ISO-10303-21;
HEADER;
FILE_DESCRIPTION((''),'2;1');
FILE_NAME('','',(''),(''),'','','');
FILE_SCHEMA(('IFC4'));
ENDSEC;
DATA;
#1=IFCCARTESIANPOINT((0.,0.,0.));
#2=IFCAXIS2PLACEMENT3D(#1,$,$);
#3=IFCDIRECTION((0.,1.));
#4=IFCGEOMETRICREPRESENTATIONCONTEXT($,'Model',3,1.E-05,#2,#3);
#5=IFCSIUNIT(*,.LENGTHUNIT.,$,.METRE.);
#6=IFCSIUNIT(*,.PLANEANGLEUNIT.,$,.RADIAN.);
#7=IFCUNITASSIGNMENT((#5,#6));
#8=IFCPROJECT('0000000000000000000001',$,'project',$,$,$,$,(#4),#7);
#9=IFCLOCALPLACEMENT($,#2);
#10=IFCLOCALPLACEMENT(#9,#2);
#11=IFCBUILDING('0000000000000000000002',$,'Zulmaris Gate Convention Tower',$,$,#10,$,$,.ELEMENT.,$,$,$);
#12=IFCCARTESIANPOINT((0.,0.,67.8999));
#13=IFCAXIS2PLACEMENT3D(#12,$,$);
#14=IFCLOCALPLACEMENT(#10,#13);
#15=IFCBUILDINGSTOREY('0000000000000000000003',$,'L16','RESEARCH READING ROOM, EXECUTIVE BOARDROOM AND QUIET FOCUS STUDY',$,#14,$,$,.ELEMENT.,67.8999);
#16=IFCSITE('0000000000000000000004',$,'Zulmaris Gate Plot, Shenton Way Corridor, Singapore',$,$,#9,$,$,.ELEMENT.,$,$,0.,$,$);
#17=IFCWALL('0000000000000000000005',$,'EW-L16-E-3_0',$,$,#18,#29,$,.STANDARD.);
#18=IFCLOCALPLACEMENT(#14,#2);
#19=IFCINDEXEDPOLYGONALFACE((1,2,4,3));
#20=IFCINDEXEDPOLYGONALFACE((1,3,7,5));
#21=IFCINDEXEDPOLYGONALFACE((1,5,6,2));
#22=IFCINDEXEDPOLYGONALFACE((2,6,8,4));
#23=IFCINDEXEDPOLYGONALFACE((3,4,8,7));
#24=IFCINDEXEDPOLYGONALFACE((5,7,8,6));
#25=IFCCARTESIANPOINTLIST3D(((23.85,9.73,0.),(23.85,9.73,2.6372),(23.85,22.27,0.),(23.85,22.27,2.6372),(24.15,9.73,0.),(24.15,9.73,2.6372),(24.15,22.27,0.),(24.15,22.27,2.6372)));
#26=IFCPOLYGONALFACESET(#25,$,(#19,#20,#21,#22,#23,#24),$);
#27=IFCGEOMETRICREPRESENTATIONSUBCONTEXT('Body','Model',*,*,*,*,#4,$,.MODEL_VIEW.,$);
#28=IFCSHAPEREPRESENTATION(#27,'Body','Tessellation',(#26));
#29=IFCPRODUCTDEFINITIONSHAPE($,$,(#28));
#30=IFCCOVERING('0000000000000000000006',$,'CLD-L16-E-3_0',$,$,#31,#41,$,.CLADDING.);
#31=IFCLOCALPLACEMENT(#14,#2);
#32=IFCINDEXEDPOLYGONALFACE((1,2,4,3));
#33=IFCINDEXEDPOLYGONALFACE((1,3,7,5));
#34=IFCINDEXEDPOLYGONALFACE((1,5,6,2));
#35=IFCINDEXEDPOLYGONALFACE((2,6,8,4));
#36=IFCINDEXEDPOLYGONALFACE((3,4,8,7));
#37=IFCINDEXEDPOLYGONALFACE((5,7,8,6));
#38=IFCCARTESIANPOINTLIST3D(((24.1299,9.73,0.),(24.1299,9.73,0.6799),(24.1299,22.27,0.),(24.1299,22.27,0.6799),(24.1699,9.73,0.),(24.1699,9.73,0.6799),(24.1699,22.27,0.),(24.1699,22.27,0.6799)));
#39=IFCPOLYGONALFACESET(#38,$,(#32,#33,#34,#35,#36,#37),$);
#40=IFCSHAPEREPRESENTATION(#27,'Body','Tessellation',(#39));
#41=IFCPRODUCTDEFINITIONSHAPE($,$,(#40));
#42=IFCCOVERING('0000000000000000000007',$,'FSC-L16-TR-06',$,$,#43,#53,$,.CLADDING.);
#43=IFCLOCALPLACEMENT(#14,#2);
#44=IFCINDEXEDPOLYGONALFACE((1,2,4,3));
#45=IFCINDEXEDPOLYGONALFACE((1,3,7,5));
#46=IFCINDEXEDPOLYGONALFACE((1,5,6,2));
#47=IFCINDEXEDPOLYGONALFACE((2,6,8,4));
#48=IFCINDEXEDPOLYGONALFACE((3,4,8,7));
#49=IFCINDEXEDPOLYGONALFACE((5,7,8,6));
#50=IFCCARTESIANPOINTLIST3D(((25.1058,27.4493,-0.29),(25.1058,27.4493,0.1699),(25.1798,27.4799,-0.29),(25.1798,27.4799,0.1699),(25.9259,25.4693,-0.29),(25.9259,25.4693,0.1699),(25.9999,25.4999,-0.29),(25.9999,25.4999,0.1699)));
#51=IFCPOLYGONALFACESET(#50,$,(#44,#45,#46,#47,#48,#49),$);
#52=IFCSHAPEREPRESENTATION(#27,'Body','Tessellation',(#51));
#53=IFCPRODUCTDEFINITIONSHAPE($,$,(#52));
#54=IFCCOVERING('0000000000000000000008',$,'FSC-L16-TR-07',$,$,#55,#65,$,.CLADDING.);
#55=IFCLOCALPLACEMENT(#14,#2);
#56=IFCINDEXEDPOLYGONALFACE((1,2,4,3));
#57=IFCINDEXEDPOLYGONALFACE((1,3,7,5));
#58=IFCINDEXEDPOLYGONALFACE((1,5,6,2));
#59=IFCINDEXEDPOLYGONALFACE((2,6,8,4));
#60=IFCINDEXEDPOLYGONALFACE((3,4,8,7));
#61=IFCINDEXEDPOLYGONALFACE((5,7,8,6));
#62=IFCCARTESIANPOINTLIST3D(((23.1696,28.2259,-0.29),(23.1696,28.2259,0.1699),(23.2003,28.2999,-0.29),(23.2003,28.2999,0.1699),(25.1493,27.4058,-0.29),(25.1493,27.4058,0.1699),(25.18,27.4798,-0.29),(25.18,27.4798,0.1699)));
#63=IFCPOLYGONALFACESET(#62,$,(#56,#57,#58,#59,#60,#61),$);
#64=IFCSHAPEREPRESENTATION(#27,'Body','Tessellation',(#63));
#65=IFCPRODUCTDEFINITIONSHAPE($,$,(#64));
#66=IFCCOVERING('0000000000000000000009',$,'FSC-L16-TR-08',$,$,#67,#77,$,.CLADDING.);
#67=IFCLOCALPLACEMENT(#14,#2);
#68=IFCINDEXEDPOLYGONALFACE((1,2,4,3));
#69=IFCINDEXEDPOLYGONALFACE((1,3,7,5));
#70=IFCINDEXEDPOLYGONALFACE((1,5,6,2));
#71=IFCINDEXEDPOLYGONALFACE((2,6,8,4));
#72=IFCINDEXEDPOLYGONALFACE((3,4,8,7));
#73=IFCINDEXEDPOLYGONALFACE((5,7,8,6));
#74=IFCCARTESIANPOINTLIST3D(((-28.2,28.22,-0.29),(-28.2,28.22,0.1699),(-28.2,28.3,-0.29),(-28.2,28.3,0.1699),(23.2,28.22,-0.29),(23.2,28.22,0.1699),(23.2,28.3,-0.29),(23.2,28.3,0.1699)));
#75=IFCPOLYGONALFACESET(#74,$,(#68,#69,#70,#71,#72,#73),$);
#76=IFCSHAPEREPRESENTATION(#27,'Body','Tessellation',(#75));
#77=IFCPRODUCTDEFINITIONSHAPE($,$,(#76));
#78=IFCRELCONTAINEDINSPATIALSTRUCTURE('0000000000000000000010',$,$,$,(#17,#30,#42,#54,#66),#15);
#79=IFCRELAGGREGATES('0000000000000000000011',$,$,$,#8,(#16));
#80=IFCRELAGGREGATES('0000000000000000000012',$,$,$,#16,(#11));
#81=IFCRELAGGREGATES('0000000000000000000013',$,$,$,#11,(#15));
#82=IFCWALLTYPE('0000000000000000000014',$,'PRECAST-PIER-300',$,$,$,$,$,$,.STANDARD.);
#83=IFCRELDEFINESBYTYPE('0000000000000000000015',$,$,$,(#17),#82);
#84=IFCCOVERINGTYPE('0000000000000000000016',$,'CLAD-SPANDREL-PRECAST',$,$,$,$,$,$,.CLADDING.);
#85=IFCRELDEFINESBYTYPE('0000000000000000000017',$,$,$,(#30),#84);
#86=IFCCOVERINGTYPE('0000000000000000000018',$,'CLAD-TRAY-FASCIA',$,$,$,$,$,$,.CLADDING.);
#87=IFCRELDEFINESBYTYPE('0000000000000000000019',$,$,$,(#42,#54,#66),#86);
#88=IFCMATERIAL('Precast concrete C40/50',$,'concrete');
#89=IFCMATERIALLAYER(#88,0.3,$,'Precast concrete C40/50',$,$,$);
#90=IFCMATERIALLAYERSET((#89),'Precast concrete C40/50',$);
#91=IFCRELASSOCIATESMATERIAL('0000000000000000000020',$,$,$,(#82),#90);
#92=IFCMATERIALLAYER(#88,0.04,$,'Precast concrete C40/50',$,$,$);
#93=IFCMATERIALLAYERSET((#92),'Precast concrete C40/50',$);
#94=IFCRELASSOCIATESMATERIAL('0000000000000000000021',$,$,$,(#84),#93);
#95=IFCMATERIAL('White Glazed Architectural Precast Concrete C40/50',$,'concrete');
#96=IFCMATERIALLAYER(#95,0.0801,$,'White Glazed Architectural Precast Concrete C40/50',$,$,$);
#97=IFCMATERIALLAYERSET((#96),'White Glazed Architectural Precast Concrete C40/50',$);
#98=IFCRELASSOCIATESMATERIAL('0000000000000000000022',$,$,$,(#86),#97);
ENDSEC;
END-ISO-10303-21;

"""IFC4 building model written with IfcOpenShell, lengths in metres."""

from ifc_helpers import new_model, si_unit, direction, frame, frame_2d, origin, place, context, subcontext, project, spatial, rectangle, extrude, material, layer, layer_set, type_object, element, save


model = new_model("IFC4")

# Units and contexts
model_context = context("Model", 3, precision=1e-05, world=origin(), true_north=direction((0.0, 1.0)))
body_context = subcontext(model_context, "Body", "Model", "MODEL_VIEW")
ifc_project = project(units=[si_unit("LENGTHUNIT", "METRE"), si_unit("PLANEANGLEUNIT", "RADIAN")], contexts=[model_context])

# Site, building, storey
site_placement = place(None, origin())
site = spatial("IfcSite", under=ifc_project, at=site_placement, Name="Zulmaris Gate Plot, Shenton Way Corridor, Singapore", CompositionType="ELEMENT", RefElevation=0.0)
building_placement = place(site_placement, origin())
building = spatial("IfcBuilding", under=site, at=building_placement, Name="Zulmaris Gate Convention Tower", CompositionType="ELEMENT")
storey_placement = place(building_placement, frame((0.0, 0.0, 67.8999)))
storey = spatial("IfcBuildingStorey", under=building, at=storey_placement, Name="L16", Description="RESEARCH READING ROOM, EXECUTIVE BOARDROOM AND QUIET FOCUS STUDY", CompositionType="ELEMENT", Elevation=67.8999)

# Shared definitions
ifc_material_1 = material(Name="Precast concrete C40/50", Category="concrete")
ifc_layer_1 = layer(ifc_material_1, 0.3, Name="Precast concrete C40/50")
ifc_layer_set_1 = layer_set([ifc_layer_1], Name="Precast concrete C40/50")
wall_type_1 = type_object("IfcWallType", Name="PRECAST-PIER-300", PredefinedType="STANDARD", material=ifc_layer_set_1)

# Wall
wall_1_placement = place(storey_placement, frame((24.0, 9.73, 0.0), z_axis=(0.0, 0.0, 1.0), x_axis=(0.0, 1.0, 0.0)))
element("IfcWall", 1, at=wall_1_placement, inside=storey, type_object=wall_type_1, Name="EW-L16-E-3_0", PredefinedType="STANDARD", context=body_context, shape_type="SweptSolid", body=[
    extrude(rectangle(XDim=12.54, YDim=0.3, at=frame_2d((6.27, 0.0))), origin(), (0.0, 0.0, 1.0), 2.6372),
])

# Coverings
ifc_layer_2 = layer(ifc_material_1, 0.04, Name="Precast concrete C40/50")
ifc_layer_set_2 = layer_set([ifc_layer_2], Name="Precast concrete C40/50")
covering_type_1 = type_object("IfcCoveringType", Name="CLAD-SPANDREL-PRECAST", PredefinedType="CLADDING", material=ifc_layer_set_2)
covering_1_placement = place(storey_placement, frame((24.1499, 9.73, 0.0), z_axis=(0.0, 0.0, 1.0), x_axis=(0.0, 1.0, 0.0)))
element("IfcCovering", 2, at=covering_1_placement, inside=storey, type_object=covering_type_1, Name="CLD-L16-E-3_0", PredefinedType="CLADDING", context=body_context, shape_type="SweptSolid", body=[
    extrude(rectangle(XDim=12.54, YDim=0.04, at=frame_2d((6.27, 0.0))), origin(), (0.0, 0.0, 1.0), 0.6799),
])
ifc_material_2 = material(Name="White Glazed Architectural Precast Concrete C40/50", Category="concrete")
ifc_layer_3 = layer(ifc_material_2, 0.0801, Name="White Glazed Architectural Precast Concrete C40/50")
ifc_layer_set_3 = layer_set([ifc_layer_3], Name="White Glazed Architectural Precast Concrete C40/50")
covering_type_2 = type_object("IfcCoveringType", Name="CLAD-TRAY-FASCIA", PredefinedType="CLADDING", material=ifc_layer_set_3)
covering_2_placement = place(storey_placement, frame((25.9629, 25.4846, -0.29), z_axis=(0.0, 0.0, 1.0), x_axis=(-0.382657, 0.92389, 0.0)))
element("IfcCovering", 3, at=covering_2_placement, inside=storey, type_object=covering_type_2, Name="FSC-L16-TR-06", PredefinedType="CLADDING", context=body_context, shape_type="SweptSolid", body=[
    extrude(rectangle(XDim=2.1431, YDim=0.0801, at=frame_2d((1.0715, 0.0))), origin(), (0.0, 0.0, 1.0), 0.46),
])
covering_3_placement = place(storey_placement, frame((25.1646, 27.4429, -0.29), z_axis=(0.0, 0.0, 1.0), x_axis=(-0.923874, 0.382697, 0.0)))
element("IfcCovering", 4, at=covering_3_placement, inside=storey, type_object=covering_type_2, Name="FSC-L16-TR-07", PredefinedType="CLADDING", context=body_context, shape_type="SweptSolid", body=[
    extrude(rectangle(XDim=2.1428, YDim=0.0801, at=frame_2d((1.0713, 0.0))), origin(), (0.0, 0.0, 1.0), 0.46),
])
covering_4_placement = place(storey_placement, frame((23.2, 28.26, -0.29), z_axis=(0.0, 0.0, 1.0), x_axis=(-1.0, 0.0, 0.0)))
element("IfcCovering", 5, at=covering_4_placement, inside=storey, type_object=covering_type_2, Name="FSC-L16-TR-08", PredefinedType="CLADDING", context=body_context, shape_type="SweptSolid", body=[
    extrude(rectangle(XDim=51.3999, YDim=0.0801, at=frame_2d((25.7, 0.0))), origin(), (0.0, 0.0, 1.0), 0.46),
])

save(model, "model.ifc")
